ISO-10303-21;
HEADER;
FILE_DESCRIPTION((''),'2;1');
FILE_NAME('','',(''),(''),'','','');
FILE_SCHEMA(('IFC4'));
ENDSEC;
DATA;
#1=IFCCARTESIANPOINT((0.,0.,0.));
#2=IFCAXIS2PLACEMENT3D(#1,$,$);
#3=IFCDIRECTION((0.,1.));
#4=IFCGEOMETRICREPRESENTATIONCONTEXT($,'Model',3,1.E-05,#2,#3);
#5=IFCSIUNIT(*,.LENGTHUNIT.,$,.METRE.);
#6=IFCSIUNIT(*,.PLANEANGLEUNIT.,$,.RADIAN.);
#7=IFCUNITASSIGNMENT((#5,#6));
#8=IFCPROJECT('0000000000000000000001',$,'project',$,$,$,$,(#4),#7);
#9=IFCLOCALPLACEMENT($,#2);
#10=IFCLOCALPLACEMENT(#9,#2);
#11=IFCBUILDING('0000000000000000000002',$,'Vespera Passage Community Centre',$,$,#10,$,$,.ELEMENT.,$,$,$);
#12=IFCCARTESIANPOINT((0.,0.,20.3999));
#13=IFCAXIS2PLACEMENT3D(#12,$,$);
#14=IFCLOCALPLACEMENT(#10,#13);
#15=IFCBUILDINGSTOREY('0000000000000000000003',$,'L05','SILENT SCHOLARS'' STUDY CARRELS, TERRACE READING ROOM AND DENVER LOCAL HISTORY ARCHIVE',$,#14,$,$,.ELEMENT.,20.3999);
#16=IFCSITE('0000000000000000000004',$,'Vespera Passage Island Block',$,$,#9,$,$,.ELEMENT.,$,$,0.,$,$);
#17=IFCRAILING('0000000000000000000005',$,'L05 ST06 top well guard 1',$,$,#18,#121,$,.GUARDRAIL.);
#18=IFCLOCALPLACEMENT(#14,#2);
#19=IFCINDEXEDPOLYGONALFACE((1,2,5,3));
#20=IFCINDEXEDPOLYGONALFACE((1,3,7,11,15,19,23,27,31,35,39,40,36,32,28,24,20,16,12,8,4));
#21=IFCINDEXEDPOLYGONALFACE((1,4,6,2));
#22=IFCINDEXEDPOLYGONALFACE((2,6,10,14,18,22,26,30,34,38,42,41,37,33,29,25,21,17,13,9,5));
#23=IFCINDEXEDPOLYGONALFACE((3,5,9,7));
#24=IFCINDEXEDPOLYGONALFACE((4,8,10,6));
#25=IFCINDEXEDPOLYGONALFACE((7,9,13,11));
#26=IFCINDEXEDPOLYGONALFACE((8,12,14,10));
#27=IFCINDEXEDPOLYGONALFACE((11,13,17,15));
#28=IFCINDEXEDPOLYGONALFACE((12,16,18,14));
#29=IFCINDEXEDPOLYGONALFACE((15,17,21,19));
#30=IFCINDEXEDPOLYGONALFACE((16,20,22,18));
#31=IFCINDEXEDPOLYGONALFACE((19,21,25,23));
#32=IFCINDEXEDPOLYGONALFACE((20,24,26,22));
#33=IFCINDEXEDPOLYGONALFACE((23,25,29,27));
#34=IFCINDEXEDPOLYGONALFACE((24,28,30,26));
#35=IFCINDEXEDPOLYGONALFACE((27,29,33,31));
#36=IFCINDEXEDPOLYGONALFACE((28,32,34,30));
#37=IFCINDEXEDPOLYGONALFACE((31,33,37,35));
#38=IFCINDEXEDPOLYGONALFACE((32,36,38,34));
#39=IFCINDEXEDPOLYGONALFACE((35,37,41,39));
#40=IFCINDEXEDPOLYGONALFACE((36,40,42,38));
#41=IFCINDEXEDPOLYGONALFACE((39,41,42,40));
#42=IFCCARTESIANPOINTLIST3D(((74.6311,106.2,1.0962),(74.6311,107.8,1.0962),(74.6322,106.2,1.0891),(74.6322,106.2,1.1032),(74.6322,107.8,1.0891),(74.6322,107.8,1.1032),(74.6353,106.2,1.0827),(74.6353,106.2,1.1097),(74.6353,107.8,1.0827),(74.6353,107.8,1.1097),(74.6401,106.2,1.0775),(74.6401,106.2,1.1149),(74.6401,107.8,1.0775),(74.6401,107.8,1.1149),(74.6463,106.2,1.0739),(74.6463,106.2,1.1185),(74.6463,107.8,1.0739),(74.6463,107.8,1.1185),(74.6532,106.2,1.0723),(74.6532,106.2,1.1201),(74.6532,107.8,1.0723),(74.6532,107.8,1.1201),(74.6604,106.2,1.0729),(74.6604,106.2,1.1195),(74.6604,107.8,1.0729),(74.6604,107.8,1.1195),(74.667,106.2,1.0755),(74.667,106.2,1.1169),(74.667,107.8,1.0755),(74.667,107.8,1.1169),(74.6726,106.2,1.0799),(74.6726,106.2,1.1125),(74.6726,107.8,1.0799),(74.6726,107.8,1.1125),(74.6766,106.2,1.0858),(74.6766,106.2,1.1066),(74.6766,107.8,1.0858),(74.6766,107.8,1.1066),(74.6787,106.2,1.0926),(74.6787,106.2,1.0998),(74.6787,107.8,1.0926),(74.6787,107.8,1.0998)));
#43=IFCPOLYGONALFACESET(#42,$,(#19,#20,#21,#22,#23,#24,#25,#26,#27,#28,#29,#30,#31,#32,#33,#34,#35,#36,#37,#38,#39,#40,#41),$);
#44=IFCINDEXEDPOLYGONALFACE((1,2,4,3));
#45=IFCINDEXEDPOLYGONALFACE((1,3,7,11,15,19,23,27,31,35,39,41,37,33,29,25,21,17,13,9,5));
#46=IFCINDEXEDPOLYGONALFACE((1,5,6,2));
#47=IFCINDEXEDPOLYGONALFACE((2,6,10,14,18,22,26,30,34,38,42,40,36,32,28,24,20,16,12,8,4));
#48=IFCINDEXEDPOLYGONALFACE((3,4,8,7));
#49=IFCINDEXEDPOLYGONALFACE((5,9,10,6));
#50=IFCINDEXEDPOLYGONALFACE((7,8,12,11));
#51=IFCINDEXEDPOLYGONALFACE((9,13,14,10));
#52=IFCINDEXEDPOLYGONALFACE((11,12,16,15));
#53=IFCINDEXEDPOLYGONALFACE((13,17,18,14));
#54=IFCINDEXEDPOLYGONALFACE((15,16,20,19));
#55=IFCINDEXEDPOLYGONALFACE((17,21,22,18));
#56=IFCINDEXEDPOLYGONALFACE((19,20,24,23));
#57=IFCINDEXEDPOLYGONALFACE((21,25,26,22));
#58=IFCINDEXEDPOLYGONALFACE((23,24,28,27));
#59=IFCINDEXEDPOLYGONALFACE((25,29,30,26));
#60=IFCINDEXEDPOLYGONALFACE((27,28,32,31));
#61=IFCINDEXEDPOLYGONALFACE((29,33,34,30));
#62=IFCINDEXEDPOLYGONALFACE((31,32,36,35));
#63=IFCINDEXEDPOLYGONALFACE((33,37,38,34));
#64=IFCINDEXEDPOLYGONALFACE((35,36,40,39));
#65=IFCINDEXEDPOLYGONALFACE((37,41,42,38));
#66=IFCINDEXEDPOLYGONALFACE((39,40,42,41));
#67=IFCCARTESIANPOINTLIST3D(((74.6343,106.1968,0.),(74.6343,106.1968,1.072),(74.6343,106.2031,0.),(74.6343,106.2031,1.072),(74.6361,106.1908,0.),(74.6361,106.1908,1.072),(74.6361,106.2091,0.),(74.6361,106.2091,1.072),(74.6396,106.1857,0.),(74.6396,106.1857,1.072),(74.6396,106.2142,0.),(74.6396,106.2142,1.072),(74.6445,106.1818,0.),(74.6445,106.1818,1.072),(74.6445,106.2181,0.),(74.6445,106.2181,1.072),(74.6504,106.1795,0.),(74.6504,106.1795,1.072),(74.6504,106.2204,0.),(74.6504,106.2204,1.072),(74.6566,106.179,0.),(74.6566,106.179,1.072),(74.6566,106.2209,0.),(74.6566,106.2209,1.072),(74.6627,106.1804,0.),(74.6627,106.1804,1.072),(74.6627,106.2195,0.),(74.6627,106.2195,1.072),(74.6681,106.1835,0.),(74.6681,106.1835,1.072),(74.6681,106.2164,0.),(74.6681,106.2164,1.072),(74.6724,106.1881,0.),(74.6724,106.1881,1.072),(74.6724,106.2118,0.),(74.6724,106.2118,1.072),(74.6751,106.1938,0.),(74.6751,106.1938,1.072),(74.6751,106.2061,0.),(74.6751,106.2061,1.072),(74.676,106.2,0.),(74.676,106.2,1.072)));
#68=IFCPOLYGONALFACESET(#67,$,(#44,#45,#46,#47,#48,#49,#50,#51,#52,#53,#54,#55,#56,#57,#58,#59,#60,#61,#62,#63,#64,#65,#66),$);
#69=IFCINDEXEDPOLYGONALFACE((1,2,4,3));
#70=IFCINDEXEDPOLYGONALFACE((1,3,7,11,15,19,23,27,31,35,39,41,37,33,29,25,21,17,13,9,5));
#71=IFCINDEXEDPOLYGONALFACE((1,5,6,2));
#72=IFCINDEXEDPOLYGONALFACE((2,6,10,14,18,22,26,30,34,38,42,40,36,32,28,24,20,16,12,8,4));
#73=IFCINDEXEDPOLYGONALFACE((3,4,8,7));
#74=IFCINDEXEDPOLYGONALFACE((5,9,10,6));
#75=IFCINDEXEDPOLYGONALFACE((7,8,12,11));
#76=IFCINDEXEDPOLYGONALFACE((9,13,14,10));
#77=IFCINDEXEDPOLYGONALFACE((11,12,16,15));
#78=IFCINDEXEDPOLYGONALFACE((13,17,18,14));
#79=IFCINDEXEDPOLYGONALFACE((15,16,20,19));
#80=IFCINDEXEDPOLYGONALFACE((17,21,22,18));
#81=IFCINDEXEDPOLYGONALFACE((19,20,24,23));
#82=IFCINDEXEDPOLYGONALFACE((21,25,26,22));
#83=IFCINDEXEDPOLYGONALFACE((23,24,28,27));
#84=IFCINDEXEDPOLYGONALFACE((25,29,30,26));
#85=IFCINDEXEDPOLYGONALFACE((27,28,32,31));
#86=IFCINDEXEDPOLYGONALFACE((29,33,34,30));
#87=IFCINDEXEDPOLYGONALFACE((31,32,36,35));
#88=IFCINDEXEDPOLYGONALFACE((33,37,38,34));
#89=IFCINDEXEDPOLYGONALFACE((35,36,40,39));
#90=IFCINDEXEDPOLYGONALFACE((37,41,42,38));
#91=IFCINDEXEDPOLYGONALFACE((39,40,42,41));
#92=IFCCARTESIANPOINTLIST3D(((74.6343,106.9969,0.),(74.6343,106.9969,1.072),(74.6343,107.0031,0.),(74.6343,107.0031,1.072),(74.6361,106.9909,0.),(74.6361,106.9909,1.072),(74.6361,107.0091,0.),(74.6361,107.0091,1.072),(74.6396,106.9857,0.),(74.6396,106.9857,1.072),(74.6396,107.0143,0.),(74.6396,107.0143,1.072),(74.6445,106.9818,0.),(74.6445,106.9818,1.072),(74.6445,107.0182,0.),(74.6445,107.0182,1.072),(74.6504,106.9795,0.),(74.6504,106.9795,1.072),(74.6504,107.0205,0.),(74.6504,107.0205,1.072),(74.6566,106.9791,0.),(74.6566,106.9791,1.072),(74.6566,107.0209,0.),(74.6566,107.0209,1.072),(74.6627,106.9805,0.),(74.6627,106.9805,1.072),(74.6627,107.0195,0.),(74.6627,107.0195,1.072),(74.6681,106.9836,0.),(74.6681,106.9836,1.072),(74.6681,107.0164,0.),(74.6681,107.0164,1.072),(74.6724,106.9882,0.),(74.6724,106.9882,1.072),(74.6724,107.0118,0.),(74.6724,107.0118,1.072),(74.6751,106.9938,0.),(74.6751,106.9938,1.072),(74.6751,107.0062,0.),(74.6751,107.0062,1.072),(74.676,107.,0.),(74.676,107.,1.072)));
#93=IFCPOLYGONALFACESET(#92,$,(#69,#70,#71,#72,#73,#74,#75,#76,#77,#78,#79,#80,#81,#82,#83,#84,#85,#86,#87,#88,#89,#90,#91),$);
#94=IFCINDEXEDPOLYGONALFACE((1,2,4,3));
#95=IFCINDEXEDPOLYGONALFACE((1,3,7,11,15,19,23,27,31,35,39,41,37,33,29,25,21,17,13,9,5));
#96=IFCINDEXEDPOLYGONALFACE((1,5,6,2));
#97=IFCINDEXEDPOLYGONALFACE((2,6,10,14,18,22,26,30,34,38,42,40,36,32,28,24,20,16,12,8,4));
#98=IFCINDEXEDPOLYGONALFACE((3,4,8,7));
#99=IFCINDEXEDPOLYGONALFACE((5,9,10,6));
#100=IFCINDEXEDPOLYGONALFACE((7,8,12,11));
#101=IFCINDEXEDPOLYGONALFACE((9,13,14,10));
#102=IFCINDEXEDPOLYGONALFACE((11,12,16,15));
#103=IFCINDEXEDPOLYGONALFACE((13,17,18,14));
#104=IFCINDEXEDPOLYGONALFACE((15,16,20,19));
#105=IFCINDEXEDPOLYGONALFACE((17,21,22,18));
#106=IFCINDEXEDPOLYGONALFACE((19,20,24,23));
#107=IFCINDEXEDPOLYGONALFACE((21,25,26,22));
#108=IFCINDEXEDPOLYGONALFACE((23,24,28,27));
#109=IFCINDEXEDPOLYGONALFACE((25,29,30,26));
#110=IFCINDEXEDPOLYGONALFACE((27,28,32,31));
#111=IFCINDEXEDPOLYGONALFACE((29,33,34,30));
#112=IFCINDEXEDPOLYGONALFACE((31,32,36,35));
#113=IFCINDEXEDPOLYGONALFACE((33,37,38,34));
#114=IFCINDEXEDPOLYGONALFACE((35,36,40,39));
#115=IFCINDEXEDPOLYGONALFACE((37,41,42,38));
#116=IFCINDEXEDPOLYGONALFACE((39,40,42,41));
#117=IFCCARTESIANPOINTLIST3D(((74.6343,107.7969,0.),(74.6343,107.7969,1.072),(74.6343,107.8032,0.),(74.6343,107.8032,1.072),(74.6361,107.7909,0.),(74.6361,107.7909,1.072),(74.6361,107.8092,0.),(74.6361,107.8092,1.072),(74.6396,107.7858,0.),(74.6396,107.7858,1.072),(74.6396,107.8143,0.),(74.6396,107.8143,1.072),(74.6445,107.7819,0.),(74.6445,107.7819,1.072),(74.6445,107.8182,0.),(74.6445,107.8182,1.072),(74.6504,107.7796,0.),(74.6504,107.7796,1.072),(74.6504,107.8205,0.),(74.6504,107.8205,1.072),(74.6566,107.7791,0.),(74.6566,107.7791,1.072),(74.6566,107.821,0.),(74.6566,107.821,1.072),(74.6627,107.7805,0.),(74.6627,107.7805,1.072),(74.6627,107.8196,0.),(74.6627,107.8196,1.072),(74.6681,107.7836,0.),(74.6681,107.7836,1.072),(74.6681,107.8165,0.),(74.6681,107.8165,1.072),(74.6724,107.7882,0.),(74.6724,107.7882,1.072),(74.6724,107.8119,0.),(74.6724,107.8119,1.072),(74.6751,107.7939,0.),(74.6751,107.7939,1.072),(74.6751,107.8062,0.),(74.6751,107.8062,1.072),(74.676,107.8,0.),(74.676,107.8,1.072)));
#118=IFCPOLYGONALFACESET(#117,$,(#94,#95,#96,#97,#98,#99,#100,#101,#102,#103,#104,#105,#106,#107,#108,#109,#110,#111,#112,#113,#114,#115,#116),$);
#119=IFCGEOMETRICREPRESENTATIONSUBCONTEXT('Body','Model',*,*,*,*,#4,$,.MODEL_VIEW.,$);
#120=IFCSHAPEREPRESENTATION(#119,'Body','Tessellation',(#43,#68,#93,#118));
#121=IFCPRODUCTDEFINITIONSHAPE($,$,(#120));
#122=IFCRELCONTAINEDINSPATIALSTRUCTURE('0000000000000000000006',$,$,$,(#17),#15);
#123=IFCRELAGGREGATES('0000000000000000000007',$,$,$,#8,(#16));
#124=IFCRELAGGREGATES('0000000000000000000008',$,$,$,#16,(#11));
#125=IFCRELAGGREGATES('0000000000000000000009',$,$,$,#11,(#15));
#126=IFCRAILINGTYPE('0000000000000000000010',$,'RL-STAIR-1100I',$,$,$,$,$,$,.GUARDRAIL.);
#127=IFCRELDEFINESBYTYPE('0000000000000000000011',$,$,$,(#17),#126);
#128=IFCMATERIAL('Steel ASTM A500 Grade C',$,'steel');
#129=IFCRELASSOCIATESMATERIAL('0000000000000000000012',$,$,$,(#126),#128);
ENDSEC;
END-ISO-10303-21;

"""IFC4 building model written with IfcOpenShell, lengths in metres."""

from ifc_helpers import new_model, si_unit, direction, frame, origin, origin_2d, place, context, subcontext, project, spatial, circle, extrude, material, type_object, element, save


model = new_model("IFC4")

# Units and contexts
model_context = context("Model", 3, precision=1e-05, world=origin(), true_north=direction((0.0, 1.0)))
body_context = subcontext(model_context, "Body", "Model", "MODEL_VIEW")
ifc_project = project(units=[si_unit("LENGTHUNIT", "METRE"), si_unit("PLANEANGLEUNIT", "RADIAN")], contexts=[model_context])

# Site, building, storey
site_placement = place(None, origin())
site = spatial("IfcSite", under=ifc_project, at=site_placement, Name="Vespera Passage Island Block", CompositionType="ELEMENT", RefElevation=0.0)
building_placement = place(site_placement, origin())
building = spatial("IfcBuilding", under=site, at=building_placement, Name="Vespera Passage Community Centre", CompositionType="ELEMENT")
storey_placement = place(building_placement, frame((0.0, 0.0, 20.3999)))
storey = spatial("IfcBuildingStorey", under=building, at=storey_placement, Name="L05", Description="SILENT SCHOLARS' STUDY CARRELS, TERRACE READING ROOM AND DENVER LOCAL HISTORY ARCHIVE", CompositionType="ELEMENT", Elevation=20.3999)

# Railing
ifc_material_1 = material(Name="Steel ASTM A500 Grade C", Category="steel")
railing_type = type_object("IfcRailingType", Name="RL-STAIR-1100I", PredefinedType="GUARDRAIL", material=ifc_material_1)
railing_1_placement = place(storey_placement, frame((74.655, 106.2, 0.0)))
element("IfcRailing", 1, at=railing_1_placement, inside=storey, type_object=railing_type, Name="L05 ST06 top well guard 1", PredefinedType="GUARDRAIL", context=body_context, shape_type="SweptSolid", body=[
    extrude(circle(Radius=0.0239, at=origin_2d()), frame((0.0, 0.0, 1.0962), z_axis=(0.0, 1.0, 0.0), x_axis=(-1.0, 0.0, 0.0)), (0.0, 0.0, 1.0), 1.6001),
    extrude(circle(Radius=0.021, at=origin_2d()), origin(), (0.0, 0.0, 1.0), 1.072),
    extrude(circle(Radius=0.021, at=origin_2d()), frame((0.0, 0.8, 0.0)), (0.0, 0.0, 1.0), 1.072),
    extrude(circle(Radius=0.021, at=origin_2d()), frame((0.0, 1.6001, 0.0)), (0.0, 0.0, 1.0), 1.072),
])

save(model, "model.ifc")
